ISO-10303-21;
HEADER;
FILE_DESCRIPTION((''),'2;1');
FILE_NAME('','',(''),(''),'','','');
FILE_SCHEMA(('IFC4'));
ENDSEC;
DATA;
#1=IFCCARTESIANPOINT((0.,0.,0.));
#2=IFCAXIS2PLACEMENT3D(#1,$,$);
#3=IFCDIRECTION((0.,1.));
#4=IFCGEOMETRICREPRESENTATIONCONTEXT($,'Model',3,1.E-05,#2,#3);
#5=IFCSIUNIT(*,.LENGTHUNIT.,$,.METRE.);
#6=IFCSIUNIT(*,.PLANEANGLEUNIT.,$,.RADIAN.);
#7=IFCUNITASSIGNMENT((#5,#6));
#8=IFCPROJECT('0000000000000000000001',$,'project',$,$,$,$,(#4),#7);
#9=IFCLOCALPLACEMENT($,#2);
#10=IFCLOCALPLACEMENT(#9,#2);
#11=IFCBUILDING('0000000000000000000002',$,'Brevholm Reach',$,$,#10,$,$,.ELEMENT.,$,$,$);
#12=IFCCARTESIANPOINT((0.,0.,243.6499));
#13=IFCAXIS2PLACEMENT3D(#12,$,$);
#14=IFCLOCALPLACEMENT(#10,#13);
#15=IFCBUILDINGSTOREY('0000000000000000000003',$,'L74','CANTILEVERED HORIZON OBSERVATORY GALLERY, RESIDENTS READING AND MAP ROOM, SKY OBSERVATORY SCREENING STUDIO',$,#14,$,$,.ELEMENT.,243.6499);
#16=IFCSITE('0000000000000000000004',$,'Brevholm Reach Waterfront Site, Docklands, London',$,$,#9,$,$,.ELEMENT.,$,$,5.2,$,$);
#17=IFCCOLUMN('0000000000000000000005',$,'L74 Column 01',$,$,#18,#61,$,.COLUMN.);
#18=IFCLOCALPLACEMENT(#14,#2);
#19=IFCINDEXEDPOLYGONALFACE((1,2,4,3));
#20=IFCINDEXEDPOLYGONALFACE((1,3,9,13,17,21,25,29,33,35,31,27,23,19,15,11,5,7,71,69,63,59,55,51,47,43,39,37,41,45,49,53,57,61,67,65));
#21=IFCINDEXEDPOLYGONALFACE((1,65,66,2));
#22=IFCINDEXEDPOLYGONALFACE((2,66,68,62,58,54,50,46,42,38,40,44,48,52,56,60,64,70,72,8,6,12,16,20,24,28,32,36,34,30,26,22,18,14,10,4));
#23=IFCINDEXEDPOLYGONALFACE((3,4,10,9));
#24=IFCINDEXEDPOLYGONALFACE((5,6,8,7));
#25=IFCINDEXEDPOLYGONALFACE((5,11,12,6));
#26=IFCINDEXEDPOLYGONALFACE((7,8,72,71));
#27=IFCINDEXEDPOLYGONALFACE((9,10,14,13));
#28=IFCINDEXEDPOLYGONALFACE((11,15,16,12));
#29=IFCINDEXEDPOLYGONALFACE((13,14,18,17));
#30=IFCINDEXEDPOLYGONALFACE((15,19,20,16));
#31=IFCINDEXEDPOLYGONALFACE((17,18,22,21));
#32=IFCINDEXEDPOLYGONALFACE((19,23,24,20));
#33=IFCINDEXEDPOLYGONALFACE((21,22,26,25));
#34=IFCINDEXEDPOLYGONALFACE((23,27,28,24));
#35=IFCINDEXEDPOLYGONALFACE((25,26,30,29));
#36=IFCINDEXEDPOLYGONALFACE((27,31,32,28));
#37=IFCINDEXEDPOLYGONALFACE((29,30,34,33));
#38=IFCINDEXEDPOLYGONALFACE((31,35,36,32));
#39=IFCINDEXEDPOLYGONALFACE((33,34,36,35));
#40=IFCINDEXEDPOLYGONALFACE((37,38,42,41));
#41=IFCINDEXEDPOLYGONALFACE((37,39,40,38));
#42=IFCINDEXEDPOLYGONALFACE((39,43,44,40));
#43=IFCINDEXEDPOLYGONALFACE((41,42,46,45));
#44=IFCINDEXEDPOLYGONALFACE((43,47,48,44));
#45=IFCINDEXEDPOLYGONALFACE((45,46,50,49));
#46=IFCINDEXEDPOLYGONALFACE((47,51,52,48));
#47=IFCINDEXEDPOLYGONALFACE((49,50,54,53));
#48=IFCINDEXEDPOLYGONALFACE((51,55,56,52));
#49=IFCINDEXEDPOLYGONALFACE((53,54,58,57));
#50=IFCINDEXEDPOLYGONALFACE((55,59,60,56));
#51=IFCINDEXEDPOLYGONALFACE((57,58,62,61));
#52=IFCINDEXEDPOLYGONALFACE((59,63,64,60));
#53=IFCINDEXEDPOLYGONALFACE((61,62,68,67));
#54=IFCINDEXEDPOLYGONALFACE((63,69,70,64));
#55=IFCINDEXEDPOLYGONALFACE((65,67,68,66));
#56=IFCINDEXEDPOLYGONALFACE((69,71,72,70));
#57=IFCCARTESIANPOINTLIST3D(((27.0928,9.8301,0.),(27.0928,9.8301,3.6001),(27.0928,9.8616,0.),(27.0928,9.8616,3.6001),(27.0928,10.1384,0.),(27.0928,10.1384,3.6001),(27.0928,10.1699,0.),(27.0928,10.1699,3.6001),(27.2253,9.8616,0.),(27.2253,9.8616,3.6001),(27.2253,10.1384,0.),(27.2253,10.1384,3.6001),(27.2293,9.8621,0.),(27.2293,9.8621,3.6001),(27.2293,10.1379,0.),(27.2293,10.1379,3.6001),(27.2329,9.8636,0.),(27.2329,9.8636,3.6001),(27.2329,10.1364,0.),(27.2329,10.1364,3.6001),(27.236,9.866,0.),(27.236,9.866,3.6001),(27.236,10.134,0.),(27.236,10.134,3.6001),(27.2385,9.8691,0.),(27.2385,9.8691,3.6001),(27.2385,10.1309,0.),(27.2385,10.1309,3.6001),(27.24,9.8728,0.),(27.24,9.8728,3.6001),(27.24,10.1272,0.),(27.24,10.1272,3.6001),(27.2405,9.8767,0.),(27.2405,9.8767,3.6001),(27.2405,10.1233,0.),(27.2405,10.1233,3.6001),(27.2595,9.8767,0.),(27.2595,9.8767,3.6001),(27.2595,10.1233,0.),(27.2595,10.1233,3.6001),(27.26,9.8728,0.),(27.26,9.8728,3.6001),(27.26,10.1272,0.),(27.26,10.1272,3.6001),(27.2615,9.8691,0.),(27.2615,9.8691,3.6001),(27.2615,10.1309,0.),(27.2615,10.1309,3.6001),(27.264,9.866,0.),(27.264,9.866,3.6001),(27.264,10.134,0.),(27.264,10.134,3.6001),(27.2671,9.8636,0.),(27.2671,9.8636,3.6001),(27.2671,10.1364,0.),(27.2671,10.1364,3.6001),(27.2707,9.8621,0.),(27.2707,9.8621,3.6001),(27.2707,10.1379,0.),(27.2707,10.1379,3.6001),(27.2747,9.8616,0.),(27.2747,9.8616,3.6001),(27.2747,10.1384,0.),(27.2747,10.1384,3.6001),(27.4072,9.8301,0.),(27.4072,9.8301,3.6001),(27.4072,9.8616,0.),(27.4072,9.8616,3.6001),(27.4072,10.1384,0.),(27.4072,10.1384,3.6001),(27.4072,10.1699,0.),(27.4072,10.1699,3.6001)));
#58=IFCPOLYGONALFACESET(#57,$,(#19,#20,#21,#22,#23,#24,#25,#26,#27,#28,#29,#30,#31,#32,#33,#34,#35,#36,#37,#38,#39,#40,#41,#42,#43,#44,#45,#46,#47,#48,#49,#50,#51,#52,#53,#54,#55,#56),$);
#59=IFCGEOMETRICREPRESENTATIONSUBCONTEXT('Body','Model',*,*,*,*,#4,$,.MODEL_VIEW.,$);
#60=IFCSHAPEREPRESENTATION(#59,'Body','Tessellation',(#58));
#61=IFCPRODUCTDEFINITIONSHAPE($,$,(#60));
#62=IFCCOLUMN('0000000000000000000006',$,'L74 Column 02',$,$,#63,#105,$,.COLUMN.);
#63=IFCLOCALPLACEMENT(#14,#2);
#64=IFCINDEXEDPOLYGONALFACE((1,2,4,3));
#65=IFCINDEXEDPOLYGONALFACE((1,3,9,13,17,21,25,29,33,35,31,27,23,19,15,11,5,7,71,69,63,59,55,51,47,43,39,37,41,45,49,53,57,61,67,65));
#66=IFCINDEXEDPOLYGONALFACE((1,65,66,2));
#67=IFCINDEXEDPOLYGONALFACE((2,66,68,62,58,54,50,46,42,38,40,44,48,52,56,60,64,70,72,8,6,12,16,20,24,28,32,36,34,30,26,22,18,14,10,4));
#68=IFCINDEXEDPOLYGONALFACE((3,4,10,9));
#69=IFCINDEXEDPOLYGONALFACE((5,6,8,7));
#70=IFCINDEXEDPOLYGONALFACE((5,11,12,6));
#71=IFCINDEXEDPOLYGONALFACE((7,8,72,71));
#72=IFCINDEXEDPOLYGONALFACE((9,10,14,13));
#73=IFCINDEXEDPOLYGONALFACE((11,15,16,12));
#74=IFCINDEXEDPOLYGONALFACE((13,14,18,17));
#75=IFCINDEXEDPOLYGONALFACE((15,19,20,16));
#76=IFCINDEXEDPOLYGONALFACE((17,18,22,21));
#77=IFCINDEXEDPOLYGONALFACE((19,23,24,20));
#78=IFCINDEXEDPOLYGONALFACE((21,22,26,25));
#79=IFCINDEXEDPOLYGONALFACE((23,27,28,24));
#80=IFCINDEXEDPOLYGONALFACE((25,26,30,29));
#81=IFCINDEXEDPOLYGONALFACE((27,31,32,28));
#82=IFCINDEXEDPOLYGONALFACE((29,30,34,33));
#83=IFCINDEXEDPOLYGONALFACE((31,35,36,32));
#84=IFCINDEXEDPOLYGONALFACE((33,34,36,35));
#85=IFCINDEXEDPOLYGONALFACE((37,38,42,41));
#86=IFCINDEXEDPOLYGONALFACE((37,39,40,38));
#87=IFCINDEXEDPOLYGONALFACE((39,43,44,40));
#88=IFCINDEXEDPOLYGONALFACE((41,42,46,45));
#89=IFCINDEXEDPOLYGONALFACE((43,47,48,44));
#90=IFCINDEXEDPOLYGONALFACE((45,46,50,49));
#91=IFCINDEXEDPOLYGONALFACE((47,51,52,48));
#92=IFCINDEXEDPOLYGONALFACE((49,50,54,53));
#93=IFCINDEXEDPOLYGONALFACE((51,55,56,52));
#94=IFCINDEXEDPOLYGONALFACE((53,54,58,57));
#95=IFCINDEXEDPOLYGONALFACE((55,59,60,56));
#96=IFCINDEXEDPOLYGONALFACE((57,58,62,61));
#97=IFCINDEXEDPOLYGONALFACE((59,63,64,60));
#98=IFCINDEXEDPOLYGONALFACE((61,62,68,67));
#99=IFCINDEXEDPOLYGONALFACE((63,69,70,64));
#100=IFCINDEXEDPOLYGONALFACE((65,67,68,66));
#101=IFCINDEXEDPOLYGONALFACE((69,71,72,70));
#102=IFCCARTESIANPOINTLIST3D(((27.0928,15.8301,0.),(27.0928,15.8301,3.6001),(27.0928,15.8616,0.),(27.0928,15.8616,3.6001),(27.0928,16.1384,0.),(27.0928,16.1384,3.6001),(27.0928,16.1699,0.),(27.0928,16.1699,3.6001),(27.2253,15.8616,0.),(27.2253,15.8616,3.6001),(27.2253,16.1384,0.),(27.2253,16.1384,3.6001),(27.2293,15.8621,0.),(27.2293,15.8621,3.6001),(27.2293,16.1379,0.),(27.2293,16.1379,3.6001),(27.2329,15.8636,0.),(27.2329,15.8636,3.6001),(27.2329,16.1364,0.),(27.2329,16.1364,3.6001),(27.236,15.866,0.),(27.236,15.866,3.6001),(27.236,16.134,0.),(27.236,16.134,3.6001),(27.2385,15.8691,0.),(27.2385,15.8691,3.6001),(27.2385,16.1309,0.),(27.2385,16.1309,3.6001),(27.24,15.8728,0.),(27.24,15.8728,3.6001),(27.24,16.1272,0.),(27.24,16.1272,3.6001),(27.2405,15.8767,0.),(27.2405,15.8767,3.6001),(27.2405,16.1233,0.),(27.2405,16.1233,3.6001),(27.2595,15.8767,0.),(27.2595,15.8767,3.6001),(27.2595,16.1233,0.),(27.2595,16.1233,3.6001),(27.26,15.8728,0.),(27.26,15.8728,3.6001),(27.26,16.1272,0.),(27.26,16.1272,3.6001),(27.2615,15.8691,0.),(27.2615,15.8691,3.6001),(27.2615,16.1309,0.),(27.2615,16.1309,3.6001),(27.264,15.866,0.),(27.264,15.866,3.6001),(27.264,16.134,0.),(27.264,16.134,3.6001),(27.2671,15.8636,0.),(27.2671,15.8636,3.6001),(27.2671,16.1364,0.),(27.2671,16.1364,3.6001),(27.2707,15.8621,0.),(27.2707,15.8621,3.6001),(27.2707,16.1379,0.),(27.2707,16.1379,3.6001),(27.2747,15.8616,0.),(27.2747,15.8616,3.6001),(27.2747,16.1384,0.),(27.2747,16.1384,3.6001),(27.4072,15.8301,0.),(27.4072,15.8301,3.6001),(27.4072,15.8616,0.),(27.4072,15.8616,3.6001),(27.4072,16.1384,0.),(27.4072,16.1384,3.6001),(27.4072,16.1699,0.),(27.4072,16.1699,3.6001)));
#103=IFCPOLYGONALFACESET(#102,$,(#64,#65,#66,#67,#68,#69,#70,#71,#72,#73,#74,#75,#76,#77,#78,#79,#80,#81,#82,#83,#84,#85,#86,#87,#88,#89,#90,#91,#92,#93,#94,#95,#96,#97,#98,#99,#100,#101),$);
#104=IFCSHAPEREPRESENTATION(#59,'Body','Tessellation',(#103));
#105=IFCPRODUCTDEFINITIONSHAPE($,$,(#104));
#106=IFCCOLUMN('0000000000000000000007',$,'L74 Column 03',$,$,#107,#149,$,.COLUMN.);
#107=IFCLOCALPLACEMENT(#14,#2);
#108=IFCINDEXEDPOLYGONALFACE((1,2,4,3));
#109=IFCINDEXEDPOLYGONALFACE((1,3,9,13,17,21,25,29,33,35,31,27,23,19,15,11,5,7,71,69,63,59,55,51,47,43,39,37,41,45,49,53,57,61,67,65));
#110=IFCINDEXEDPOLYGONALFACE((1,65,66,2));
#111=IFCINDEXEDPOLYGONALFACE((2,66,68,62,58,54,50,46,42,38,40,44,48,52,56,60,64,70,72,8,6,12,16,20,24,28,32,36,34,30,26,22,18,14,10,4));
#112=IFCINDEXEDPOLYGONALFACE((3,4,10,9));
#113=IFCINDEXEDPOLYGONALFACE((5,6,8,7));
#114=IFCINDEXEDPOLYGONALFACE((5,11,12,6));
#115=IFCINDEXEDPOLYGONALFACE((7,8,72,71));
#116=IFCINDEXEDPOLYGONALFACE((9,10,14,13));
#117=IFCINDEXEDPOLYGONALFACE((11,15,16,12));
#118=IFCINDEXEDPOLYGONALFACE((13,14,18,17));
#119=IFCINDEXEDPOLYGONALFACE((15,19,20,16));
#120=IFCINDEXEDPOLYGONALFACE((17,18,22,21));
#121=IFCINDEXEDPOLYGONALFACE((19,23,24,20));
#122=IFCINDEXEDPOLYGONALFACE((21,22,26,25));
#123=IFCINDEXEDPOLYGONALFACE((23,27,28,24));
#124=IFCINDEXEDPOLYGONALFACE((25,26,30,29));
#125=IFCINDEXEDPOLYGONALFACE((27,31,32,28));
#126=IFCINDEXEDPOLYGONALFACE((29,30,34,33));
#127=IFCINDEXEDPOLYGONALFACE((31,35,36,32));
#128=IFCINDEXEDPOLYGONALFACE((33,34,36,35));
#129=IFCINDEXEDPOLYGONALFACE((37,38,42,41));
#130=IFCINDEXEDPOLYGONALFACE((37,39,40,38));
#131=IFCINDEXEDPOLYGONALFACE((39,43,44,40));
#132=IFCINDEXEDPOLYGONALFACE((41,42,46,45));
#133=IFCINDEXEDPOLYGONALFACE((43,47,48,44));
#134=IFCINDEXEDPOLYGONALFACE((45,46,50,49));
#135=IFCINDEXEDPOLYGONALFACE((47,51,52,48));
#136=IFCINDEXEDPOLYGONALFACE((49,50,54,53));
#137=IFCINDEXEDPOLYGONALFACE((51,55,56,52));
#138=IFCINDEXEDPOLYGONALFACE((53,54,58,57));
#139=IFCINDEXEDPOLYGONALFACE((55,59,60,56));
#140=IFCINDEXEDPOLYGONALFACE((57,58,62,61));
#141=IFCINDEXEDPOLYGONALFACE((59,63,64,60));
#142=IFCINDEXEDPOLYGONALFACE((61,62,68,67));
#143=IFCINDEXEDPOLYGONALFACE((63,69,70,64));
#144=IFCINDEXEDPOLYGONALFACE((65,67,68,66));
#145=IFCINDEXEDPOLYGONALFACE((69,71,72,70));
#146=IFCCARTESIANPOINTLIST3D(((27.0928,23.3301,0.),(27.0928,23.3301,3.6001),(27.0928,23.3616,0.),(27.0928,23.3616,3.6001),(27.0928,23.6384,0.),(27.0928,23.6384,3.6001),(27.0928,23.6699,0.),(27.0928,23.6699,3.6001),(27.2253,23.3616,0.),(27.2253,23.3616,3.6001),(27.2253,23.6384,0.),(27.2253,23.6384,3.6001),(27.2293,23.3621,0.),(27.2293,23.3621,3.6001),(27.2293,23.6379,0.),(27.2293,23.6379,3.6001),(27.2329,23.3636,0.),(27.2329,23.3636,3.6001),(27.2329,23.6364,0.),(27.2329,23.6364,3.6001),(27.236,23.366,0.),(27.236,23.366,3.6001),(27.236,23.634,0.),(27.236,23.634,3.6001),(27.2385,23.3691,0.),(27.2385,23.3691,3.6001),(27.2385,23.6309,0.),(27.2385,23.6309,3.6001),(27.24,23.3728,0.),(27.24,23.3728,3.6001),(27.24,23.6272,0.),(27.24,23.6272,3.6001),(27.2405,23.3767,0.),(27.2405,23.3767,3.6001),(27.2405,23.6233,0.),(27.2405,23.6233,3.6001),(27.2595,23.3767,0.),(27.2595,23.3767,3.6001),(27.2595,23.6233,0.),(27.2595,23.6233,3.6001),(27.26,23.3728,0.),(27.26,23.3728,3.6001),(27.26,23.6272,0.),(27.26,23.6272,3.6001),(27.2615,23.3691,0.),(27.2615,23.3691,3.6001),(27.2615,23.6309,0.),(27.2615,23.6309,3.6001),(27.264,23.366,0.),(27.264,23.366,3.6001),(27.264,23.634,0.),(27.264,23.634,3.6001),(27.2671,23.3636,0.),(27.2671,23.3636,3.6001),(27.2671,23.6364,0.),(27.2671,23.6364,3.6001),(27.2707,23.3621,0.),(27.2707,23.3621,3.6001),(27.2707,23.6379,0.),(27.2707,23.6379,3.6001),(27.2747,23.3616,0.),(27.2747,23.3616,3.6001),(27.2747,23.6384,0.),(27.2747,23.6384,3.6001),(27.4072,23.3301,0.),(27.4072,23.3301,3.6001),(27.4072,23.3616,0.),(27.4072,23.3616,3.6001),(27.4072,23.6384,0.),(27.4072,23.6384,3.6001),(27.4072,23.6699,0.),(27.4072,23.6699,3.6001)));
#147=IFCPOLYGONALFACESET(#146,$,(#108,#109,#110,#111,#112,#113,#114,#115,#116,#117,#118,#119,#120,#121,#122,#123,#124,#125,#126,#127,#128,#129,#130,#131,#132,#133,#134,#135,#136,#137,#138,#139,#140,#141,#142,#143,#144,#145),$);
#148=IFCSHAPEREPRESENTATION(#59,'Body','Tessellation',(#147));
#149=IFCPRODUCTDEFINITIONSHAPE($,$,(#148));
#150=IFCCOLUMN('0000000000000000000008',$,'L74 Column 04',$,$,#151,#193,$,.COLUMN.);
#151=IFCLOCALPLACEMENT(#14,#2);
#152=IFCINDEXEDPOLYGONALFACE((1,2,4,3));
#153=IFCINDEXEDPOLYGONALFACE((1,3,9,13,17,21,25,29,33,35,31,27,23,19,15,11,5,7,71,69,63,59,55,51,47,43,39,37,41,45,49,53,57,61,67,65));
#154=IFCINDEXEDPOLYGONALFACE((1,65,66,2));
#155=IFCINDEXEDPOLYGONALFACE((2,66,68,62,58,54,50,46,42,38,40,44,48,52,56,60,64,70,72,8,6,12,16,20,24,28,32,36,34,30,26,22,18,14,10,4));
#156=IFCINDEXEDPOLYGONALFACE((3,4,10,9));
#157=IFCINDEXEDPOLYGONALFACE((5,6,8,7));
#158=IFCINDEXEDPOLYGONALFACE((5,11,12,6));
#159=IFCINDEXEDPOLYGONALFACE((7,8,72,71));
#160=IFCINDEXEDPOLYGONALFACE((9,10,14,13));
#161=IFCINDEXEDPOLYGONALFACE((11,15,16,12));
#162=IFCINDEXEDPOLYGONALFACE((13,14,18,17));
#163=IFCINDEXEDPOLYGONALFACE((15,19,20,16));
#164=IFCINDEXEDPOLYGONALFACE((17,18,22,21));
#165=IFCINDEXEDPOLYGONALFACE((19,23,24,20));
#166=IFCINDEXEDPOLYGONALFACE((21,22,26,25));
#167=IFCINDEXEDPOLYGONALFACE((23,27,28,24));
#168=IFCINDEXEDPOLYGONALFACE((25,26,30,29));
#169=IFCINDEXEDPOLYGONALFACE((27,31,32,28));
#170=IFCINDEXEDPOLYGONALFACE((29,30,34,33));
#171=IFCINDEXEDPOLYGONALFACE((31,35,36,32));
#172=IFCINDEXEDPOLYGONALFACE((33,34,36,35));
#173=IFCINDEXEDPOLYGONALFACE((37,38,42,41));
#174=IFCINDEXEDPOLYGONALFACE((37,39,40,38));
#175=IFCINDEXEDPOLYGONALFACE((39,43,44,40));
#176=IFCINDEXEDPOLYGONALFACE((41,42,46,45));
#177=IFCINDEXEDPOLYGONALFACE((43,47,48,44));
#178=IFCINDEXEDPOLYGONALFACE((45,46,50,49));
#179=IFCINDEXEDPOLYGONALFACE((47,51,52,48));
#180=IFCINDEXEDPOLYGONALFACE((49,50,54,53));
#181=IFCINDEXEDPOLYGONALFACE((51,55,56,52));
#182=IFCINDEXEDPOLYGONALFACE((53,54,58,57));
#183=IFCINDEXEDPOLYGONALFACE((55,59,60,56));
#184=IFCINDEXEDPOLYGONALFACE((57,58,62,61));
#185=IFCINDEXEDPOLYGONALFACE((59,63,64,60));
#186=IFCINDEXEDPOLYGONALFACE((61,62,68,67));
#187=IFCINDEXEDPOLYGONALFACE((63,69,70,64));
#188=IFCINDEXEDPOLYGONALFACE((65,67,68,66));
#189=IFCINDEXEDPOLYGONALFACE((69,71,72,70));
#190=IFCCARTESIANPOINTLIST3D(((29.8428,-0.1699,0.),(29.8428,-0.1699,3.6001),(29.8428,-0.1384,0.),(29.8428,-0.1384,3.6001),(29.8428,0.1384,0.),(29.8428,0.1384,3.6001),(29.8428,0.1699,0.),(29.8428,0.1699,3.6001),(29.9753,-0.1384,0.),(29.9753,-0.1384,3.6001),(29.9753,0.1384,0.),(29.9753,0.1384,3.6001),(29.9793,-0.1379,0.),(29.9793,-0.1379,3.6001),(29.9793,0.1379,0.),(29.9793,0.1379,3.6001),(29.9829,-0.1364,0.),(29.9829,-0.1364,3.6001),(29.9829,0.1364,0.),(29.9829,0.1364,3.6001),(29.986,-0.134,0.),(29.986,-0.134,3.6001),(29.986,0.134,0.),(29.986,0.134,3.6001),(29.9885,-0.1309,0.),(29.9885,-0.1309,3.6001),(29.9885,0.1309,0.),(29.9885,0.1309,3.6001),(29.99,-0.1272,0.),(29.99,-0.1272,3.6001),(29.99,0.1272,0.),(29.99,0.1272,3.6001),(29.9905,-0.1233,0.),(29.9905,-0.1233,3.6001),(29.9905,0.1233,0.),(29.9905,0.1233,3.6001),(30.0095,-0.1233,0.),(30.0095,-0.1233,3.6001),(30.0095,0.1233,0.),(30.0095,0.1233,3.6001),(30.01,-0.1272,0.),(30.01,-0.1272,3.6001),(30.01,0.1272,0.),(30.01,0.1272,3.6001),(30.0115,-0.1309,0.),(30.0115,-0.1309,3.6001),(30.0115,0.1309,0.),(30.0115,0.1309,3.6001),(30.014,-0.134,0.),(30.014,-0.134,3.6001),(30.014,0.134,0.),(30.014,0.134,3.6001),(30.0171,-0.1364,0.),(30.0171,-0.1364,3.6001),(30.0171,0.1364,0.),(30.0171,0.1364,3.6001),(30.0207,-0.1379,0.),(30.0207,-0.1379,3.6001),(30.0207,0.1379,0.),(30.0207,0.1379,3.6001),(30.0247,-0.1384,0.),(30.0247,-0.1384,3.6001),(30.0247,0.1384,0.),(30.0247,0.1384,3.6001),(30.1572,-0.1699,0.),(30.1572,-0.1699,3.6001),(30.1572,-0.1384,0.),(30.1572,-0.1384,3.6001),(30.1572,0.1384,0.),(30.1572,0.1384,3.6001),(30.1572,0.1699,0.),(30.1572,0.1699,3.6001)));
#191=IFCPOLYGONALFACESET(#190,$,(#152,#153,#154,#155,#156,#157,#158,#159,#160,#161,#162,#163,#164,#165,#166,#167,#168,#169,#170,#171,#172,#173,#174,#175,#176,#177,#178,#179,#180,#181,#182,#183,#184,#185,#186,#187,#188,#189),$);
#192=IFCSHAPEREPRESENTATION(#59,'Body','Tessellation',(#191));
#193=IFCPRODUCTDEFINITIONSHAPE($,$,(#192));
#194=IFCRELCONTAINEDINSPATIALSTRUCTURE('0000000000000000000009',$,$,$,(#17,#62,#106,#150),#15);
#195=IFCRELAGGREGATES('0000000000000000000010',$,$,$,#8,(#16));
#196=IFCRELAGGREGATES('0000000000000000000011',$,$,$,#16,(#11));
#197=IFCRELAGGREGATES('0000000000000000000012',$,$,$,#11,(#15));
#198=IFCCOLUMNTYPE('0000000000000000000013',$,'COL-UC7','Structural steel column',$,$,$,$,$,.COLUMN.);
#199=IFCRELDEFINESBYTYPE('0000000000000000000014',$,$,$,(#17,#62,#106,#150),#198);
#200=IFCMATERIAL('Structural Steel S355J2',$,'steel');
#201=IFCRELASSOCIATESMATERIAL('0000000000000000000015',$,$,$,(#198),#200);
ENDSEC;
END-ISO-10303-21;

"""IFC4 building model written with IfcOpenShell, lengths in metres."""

from ifc_helpers import new_model, si_unit, direction, frame, origin, origin_2d, place, context, subcontext, project, spatial, i_section, extrude, material, material_profile, profile_set, type_object, element, save


model = new_model("IFC4")

# Units and contexts
model_context = context("Model", 3, precision=1e-05, world=origin(), true_north=direction((0.0, 1.0)))
body_context = subcontext(model_context, "Body", "Model", "MODEL_VIEW")
ifc_project = project(units=[si_unit("LENGTHUNIT", "METRE"), si_unit("PLANEANGLEUNIT", "RADIAN")], contexts=[model_context])

# Site, building, storey
site_placement = place(None, origin())
site = spatial("IfcSite", under=ifc_project, at=site_placement, Name="Brevholm Reach Waterfront Site, Docklands, London", CompositionType="ELEMENT", RefElevation=5.2)
building_placement = place(site_placement, origin())
building = spatial("IfcBuilding", under=site, at=building_placement, Name="Brevholm Reach", CompositionType="ELEMENT")
storey_placement = place(building_placement, frame((0.0, 0.0, 243.6499)))
storey = spatial("IfcBuildingStorey", under=building, at=storey_placement, Name="L74", Description="CANTILEVERED HORIZON OBSERVATORY GALLERY, RESIDENTS READING AND MAP ROOM, SKY OBSERVATORY SCREENING STUDIO", CompositionType="ELEMENT", Elevation=243.6499)

# Columns
ifc_material_1 = material(Name="Structural Steel S355J2", Category="steel")
ifc_material_profile_1 = material_profile(ifc_material_1, i_section(OverallWidth=0.3145, OverallDepth=0.3398, WebThickness=0.019, FlangeThickness=0.0315, FilletRadius=0.0151, at=origin_2d()), Name="UKC 305x305x198")
ifc_profile_set_1 = profile_set([ifc_material_profile_1], Name="Structural Steel S355J2")
column_type = type_object("IfcColumnType", Name="COL-UC7", Description="Structural steel column", PredefinedType="COLUMN", material=ifc_profile_set_1)
for number, where, z_axis, x_axis, name in (
    (1, (27.25, 10.0, 0.0), (0.0, 0.0, 1.0), (1.0, 0.0, 0.0), "L74 Column 01"),
    (2, (27.25, 16.0, 0.0), (0.0, 0.0, 1.0), (1.0, 0.0, 0.0), "L74 Column 02"),
    (3, (27.25, 23.5, 0.0), (0.0, 0.0, 1.0), (1.0, 0.0, 0.0), "L74 Column 03"),
    (4, (30.0, 0.0, 0.0), (0.0, 0.0, 1.0), (1.0, 0.0, 0.0), "L74 Column 04"),
):
    element("IfcColumn", number, at=place(storey_placement, frame(where, z_axis=z_axis, x_axis=x_axis)), inside=storey, type_object=column_type, Name=name, PredefinedType="COLUMN", context=body_context, shape_type="SweptSolid", body=[
        extrude(i_section(OverallWidth=0.3145, OverallDepth=0.3398, WebThickness=0.019, FlangeThickness=0.0315, FilletRadius=0.0151, at=origin_2d()), origin(), (0.0, 0.0, 1.0), 3.6001),
    ])

save(model, "model.ifc")
